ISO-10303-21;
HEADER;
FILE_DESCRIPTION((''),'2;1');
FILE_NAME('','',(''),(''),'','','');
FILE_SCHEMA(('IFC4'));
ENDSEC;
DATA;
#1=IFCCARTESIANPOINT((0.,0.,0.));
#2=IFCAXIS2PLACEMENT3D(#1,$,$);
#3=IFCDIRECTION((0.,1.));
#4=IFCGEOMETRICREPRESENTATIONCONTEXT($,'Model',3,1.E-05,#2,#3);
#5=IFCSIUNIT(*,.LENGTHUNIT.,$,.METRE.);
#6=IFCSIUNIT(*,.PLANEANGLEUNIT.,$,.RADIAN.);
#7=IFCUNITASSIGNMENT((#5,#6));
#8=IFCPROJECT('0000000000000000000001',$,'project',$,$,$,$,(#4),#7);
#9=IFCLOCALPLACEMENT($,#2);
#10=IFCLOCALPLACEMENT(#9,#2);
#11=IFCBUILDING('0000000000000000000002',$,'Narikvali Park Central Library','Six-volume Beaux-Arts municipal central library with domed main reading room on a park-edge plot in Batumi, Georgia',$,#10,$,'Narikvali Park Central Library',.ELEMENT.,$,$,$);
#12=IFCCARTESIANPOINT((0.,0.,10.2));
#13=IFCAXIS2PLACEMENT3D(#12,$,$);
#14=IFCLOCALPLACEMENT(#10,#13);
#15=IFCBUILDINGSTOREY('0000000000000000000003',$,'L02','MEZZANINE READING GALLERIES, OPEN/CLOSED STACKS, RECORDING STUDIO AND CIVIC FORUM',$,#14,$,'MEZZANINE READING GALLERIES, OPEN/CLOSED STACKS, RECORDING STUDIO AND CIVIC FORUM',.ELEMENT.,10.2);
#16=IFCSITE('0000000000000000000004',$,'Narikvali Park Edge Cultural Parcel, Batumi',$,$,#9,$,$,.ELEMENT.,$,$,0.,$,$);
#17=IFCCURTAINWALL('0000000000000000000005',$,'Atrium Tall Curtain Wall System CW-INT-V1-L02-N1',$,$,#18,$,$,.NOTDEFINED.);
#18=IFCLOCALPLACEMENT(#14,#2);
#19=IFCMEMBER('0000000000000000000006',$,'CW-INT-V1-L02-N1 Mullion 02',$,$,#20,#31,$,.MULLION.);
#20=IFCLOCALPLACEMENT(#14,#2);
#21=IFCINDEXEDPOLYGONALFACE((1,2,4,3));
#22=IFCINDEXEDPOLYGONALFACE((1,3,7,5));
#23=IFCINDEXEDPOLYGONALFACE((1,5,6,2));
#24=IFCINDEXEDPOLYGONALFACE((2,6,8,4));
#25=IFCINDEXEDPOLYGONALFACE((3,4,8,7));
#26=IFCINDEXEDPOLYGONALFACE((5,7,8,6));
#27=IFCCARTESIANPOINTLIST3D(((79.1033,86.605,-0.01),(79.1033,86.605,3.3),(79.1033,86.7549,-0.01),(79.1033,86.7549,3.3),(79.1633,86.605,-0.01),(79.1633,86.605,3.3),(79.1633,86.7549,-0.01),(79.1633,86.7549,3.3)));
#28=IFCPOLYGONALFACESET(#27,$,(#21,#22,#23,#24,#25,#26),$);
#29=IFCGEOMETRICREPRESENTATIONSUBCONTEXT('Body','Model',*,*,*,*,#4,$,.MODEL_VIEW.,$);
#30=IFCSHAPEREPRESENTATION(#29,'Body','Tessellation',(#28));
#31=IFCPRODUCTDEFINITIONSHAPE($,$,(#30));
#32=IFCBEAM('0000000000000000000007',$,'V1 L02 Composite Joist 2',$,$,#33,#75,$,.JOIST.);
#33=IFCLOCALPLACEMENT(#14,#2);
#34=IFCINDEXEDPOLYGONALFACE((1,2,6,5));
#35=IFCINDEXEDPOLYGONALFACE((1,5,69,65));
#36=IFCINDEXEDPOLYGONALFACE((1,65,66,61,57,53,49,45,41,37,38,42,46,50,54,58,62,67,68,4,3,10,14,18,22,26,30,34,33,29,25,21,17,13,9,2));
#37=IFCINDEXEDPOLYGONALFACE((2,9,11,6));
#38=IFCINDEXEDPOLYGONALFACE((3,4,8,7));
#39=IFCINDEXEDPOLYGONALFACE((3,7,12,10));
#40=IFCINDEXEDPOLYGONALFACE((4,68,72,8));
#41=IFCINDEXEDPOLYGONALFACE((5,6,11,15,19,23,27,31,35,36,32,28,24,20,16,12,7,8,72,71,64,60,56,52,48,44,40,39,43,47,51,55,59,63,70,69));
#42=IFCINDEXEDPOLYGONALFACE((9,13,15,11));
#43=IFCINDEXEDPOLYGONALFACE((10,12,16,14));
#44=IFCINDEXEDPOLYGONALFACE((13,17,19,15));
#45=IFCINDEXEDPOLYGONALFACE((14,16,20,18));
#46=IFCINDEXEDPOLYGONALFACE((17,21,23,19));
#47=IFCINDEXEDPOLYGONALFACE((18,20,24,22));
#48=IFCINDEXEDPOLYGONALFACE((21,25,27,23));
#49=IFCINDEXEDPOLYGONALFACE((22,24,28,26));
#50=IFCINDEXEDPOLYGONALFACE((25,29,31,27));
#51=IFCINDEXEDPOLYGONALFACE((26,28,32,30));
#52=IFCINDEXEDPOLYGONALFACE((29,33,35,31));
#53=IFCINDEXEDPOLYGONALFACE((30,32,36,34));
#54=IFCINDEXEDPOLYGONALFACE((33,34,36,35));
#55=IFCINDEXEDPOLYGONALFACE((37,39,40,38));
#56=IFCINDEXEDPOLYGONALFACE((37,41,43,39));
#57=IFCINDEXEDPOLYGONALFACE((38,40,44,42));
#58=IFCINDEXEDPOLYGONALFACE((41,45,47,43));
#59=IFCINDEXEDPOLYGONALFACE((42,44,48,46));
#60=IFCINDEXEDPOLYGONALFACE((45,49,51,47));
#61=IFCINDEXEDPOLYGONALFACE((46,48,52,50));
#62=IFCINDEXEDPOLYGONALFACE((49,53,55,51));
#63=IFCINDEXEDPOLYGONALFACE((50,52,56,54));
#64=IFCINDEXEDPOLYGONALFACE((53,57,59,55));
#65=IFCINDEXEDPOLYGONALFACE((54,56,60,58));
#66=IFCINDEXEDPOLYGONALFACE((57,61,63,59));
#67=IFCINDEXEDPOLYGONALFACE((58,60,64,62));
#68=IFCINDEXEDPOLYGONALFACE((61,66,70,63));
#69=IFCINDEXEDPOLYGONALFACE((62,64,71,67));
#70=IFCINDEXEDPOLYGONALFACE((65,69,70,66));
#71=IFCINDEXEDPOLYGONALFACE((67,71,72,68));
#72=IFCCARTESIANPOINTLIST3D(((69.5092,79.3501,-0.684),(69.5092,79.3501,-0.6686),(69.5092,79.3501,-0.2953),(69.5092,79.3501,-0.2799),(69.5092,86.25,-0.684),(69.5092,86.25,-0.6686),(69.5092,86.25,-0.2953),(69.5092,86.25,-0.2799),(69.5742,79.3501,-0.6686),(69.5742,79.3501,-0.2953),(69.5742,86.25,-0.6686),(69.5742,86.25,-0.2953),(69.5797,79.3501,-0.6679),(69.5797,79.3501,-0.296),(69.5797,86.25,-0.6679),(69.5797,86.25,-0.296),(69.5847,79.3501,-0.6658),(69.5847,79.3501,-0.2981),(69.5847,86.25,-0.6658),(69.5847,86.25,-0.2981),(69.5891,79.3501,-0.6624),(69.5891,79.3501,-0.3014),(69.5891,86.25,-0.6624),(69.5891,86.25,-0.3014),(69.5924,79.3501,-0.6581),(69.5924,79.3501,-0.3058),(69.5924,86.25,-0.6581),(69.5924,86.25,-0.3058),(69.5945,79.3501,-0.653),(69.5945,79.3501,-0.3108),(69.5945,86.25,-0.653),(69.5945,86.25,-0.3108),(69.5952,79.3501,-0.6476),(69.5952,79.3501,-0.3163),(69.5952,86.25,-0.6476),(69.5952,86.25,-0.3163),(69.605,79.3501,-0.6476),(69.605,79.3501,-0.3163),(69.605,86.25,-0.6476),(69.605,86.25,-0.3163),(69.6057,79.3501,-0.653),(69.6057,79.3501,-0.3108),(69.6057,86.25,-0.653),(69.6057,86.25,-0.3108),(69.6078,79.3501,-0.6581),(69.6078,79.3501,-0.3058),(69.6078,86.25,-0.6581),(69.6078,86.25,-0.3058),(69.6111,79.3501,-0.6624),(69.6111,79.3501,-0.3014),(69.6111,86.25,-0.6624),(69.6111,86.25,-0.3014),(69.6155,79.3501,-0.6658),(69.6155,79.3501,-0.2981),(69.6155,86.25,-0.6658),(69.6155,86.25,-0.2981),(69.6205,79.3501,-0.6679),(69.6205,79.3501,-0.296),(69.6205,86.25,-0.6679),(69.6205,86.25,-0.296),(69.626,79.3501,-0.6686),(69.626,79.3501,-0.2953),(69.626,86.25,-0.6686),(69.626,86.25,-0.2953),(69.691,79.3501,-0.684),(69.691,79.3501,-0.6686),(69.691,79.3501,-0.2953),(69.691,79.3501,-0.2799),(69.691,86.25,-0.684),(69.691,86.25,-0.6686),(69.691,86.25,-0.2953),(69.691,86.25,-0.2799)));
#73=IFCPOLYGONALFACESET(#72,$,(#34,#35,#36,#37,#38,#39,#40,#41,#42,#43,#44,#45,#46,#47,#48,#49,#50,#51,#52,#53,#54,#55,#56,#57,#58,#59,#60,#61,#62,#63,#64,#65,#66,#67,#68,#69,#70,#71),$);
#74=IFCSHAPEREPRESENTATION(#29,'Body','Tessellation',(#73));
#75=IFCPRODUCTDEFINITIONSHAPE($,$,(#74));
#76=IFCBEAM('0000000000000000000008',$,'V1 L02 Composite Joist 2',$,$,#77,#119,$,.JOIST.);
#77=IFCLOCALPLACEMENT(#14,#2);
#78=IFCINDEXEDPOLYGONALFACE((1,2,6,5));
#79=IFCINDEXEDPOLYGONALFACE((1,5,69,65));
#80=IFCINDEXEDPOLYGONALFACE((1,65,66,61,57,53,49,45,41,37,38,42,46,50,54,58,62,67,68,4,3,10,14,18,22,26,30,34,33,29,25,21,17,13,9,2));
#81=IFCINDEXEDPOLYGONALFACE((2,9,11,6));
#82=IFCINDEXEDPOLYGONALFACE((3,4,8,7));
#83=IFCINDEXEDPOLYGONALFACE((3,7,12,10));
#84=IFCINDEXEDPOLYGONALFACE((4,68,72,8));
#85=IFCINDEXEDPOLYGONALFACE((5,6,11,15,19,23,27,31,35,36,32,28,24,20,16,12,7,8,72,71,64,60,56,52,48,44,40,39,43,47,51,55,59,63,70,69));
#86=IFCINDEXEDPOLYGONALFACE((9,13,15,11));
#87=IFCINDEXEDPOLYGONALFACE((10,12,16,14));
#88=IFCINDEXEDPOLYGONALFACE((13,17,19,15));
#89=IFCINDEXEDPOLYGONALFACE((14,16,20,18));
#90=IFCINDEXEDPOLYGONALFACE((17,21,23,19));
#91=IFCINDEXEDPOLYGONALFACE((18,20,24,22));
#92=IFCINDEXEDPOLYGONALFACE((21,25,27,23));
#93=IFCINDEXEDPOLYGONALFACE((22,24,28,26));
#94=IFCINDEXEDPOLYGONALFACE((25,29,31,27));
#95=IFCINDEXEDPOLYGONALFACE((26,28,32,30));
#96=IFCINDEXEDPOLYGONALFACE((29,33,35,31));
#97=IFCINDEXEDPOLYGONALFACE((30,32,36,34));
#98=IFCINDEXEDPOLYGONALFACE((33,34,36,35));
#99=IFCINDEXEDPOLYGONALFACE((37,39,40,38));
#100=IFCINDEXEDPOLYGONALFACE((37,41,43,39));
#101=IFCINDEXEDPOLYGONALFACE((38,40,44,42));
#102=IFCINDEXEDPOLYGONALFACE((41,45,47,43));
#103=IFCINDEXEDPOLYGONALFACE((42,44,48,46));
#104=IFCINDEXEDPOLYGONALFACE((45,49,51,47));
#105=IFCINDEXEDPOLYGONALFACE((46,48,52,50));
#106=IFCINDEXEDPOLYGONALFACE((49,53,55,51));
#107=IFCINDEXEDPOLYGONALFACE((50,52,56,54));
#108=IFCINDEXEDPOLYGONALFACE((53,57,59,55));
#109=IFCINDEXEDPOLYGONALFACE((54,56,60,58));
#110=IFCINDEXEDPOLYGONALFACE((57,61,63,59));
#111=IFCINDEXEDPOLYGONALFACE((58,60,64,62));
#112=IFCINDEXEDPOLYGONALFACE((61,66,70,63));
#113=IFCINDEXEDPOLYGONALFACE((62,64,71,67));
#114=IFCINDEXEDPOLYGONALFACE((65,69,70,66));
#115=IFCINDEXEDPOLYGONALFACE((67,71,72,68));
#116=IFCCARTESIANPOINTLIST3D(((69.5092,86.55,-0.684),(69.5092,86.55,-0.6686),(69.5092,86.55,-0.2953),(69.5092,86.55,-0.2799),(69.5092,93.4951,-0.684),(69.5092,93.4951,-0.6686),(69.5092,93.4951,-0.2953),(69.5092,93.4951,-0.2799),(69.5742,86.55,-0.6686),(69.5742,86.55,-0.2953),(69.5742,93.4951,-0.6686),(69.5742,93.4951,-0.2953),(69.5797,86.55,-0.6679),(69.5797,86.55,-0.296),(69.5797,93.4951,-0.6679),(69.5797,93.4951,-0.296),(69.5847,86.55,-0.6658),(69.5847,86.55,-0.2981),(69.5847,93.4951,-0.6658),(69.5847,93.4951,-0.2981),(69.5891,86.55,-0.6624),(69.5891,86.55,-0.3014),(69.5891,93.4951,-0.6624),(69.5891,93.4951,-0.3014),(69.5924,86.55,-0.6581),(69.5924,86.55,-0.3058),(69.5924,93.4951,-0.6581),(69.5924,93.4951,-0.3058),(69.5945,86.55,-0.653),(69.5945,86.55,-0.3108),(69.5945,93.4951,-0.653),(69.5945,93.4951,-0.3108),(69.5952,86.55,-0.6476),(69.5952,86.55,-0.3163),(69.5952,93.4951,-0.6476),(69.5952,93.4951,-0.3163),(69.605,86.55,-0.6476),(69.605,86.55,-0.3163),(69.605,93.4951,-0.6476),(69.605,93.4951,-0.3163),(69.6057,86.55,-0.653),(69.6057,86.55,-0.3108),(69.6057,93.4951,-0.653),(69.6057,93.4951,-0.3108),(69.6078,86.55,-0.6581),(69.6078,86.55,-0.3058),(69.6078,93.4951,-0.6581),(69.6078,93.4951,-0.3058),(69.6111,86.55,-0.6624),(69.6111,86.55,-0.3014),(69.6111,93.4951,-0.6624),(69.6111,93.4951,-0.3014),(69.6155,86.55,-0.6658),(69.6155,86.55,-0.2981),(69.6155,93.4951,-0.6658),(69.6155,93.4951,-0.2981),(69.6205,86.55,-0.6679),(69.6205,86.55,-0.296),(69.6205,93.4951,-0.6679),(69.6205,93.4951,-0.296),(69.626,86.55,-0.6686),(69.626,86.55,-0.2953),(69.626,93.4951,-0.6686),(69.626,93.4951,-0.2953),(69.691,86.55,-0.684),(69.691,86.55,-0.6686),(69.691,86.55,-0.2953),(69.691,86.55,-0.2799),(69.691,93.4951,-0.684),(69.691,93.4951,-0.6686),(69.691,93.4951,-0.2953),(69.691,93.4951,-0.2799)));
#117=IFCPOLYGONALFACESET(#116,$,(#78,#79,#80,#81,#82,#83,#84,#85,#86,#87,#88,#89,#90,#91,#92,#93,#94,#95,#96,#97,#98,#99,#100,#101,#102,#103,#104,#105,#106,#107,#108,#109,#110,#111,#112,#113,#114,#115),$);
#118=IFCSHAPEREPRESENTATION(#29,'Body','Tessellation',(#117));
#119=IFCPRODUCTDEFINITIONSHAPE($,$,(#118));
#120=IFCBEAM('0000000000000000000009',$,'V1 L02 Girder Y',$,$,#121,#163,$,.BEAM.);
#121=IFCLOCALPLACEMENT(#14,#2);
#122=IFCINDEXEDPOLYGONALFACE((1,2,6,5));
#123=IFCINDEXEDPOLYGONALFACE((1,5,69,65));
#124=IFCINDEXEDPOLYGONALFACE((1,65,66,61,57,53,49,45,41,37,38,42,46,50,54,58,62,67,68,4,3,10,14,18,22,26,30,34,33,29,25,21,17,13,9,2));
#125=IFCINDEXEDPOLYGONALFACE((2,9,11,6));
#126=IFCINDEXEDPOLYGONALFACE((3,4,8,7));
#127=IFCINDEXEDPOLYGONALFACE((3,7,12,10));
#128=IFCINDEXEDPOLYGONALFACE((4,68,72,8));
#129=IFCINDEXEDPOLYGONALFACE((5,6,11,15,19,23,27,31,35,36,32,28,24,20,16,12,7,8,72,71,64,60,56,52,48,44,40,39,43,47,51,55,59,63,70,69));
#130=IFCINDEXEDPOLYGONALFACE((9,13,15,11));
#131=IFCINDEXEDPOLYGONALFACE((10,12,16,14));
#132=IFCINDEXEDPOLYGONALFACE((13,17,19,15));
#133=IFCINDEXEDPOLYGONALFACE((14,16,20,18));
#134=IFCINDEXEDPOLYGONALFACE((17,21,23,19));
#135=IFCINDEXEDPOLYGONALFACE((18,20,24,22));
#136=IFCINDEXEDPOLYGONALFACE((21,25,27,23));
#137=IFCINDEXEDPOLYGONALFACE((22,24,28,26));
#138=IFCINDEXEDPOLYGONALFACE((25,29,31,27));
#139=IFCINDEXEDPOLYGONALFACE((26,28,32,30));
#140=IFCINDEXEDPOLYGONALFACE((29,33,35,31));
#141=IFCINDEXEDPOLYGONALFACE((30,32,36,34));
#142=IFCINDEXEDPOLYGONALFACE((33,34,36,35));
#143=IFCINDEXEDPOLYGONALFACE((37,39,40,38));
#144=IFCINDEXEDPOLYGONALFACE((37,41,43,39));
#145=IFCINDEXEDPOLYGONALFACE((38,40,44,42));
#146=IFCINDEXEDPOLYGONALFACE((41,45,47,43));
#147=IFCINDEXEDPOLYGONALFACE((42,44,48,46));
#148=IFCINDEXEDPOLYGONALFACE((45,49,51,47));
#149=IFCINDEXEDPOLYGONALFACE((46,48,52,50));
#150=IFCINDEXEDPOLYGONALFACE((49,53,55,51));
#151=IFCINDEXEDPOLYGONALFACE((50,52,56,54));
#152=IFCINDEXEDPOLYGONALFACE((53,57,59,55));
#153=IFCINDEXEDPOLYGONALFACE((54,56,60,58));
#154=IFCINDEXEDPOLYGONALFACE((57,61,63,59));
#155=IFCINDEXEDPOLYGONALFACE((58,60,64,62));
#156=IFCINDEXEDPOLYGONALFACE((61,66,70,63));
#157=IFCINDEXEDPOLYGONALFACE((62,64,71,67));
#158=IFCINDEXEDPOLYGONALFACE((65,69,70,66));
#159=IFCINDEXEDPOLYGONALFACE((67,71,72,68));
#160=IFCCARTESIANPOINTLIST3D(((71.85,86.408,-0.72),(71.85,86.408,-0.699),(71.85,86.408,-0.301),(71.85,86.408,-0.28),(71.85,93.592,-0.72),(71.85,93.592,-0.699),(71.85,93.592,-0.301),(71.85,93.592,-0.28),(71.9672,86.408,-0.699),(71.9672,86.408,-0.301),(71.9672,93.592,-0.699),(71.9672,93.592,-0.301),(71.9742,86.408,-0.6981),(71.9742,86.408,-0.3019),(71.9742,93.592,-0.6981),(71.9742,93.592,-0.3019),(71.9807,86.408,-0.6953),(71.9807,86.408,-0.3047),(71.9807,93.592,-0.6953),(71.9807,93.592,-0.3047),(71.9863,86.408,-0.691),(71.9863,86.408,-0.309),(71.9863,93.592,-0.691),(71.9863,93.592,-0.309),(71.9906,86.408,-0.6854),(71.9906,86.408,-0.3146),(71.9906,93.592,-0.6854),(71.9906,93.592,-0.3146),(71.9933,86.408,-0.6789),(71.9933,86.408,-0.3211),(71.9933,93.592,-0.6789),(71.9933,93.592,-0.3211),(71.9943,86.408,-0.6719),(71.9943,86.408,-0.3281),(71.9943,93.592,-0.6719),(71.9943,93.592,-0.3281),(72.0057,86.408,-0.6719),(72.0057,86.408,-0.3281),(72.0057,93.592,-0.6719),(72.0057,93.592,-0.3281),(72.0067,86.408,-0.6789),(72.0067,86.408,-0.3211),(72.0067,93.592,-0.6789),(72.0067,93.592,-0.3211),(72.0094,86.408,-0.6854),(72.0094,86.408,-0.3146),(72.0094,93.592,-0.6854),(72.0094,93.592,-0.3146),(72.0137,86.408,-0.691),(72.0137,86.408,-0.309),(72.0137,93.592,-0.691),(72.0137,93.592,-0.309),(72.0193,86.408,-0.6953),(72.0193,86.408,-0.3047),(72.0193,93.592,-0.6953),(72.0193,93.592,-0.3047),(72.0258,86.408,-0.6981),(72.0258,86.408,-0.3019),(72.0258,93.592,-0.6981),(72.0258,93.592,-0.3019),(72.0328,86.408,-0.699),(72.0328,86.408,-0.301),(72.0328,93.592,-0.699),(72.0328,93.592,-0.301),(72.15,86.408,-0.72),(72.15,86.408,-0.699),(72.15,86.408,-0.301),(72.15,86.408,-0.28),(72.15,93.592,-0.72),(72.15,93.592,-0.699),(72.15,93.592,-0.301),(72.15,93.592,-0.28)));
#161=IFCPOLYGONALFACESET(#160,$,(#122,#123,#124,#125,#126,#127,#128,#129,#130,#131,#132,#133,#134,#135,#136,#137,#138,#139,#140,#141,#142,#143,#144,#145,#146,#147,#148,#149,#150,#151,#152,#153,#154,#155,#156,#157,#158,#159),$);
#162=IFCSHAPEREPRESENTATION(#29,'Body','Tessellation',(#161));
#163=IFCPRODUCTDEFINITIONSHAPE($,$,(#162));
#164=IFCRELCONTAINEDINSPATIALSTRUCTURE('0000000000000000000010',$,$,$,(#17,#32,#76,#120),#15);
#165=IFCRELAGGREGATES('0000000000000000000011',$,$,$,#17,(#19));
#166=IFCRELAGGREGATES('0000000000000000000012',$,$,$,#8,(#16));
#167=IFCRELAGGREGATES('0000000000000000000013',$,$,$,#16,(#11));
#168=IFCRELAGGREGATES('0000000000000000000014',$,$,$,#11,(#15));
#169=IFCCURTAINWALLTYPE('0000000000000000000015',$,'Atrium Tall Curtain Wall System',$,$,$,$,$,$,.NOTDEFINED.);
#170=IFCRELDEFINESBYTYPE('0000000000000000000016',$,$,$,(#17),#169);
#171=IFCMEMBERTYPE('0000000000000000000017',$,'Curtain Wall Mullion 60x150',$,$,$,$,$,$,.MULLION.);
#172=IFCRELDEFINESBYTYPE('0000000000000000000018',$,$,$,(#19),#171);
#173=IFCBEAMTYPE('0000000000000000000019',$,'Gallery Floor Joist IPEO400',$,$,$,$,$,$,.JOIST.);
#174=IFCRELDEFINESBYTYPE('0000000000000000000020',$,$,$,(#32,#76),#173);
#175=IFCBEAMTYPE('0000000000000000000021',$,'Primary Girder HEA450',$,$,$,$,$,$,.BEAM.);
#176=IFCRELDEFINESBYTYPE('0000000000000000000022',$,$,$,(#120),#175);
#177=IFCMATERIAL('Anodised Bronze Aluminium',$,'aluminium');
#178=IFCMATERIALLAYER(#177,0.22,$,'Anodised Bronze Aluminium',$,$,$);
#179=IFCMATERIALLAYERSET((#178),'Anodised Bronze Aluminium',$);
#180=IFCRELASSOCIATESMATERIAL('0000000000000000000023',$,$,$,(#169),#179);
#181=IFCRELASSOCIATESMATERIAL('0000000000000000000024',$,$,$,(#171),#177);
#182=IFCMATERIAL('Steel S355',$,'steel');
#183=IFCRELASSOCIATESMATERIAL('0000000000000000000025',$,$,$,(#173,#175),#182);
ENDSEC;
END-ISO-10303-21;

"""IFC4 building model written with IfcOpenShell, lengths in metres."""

from ifc_helpers import new_model, si_unit, direction, frame, origin, origin_2d, place, context, subcontext, project, spatial, rectangle, i_section, extrude, material, layer, layer_set, material_profile, profile_set, type_object, element, aggregate, save


model = new_model("IFC4")

# Units and contexts
model_context = context("Model", 3, precision=1e-05, world=origin(), true_north=direction((0.0, 1.0)))
body_context = subcontext(model_context, "Body", "Model", "MODEL_VIEW")
ifc_project = project(units=[si_unit("LENGTHUNIT", "METRE"), si_unit("PLANEANGLEUNIT", "RADIAN")], contexts=[model_context])

# Site, building, storey
site_placement = place(None, origin())
site = spatial("IfcSite", under=ifc_project, at=site_placement, Name="Narikvali Park Edge Cultural Parcel, Batumi", CompositionType="ELEMENT", RefElevation=0.0)
building_placement = place(site_placement, origin())
building = spatial("IfcBuilding", under=site, at=building_placement, Name="Narikvali Park Central Library", Description="Six-volume Beaux-Arts municipal central library with domed main reading room on a park-edge plot in Batumi, Georgia", LongName="Narikvali Park Central Library", CompositionType="ELEMENT")
storey_placement = place(building_placement, frame((0.0, 0.0, 10.2)))
storey = spatial("IfcBuildingStorey", under=building, at=storey_placement, Name="L02", Description="MEZZANINE READING GALLERIES, OPEN/CLOSED STACKS, RECORDING STUDIO AND CIVIC FORUM", LongName="MEZZANINE READING GALLERIES, OPEN/CLOSED STACKS, RECORDING STUDIO AND CIVIC FORUM", CompositionType="ELEMENT", Elevation=10.2)

# Shared definitions
ifc_material_1 = material(Name="Steel S355", Category="steel")

# Curtain wall
ifc_material_2 = material(Name="Anodised Bronze Aluminium", Category="aluminium")
ifc_layer_1 = layer(ifc_material_2, 0.22, Name="Anodised Bronze Aluminium")
ifc_layer_set_1 = layer_set([ifc_layer_1], Name="Anodised Bronze Aluminium")
curtain_wall_type = type_object("IfcCurtainWallType", Name="Atrium Tall Curtain Wall System", PredefinedType="NOTDEFINED", material=ifc_layer_set_1)
curtain_wall_1_placement = place(storey_placement, origin())
curtain_wall_1 = element("IfcCurtainWall", 1, at=curtain_wall_1_placement, inside=storey, type_object=curtain_wall_type, Name="Atrium Tall Curtain Wall System CW-INT-V1-L02-N1", PredefinedType="NOTDEFINED")
ifc_material_profile_1 = material_profile(ifc_material_2, rectangle(XDim=0.0601, YDim=0.1499, at=origin_2d()), Name="CW MULLION 60x150")
ifc_profile_set_1 = profile_set([ifc_material_profile_1], Name="Anodised Bronze Aluminium")
member_type_1 = type_object("IfcMemberType", Name="Curtain Wall Mullion 60x150", PredefinedType="MULLION", material=ifc_profile_set_1)

# Member
member_1_placement = place(storey_placement, frame((79.1333, 86.6799, -0.01), z_axis=(0.0, 0.0, 1.0), x_axis=(1.0, 0.0, 0.0)))
member_1 = element("IfcMember", 2, at=member_1_placement, type_object=member_type_1, Name="CW-INT-V1-L02-N1 Mullion 02", PredefinedType="MULLION", context=body_context, shape_type="SweptSolid", body=[
    extrude(rectangle(XDim=0.0601, YDim=0.1499, at=origin_2d()), origin(), (0.0, 0.0, 1.0), 3.3101),
])

# Beams
ifc_material_profile_2 = material_profile(ifc_material_1, i_section(OverallWidth=0.1819, OverallDepth=0.4041, WebThickness=0.0098, FlangeThickness=0.0154, FilletRadius=0.021, at=origin_2d()), Name="IPEO 400")
ifc_profile_set_2 = profile_set([ifc_material_profile_2], Name="Steel S355")
beam_type_1 = type_object("IfcBeamType", Name="Gallery Floor Joist IPEO400", PredefinedType="JOIST", material=ifc_profile_set_2)
beam_1_placement = place(storey_placement, frame((69.6001, 79.3501, -0.4819), z_axis=(0.0, 1.0, 0.0), x_axis=(-1.0, 0.0, 0.0)))
element("IfcBeam", 3, at=beam_1_placement, inside=storey, type_object=beam_type_1, Name="V1 L02 Composite Joist 2", PredefinedType="JOIST", context=body_context, shape_type="SweptSolid", body=[
    extrude(i_section(OverallWidth=0.1819, OverallDepth=0.4041, WebThickness=0.0098, FlangeThickness=0.0154, FilletRadius=0.021, at=origin_2d()), origin(), (0.0, 0.0, 1.0), 6.8999),
])
beam_2_placement = place(storey_placement, frame((69.6001, 86.55, -0.4819), z_axis=(0.0, 1.0, 0.0), x_axis=(-1.0, 0.0, 0.0)))
element("IfcBeam", 4, at=beam_2_placement, inside=storey, type_object=beam_type_1, Name="V1 L02 Composite Joist 2", PredefinedType="JOIST", context=body_context, shape_type="SweptSolid", body=[
    extrude(i_section(OverallWidth=0.1819, OverallDepth=0.4041, WebThickness=0.0098, FlangeThickness=0.0154, FilletRadius=0.021, at=origin_2d()), origin(), (0.0, 0.0, 1.0), 6.9451),
])
ifc_material_profile_3 = material_profile(ifc_material_1, i_section(OverallWidth=0.3, OverallDepth=0.4399, WebThickness=0.0115, FlangeThickness=0.021, FilletRadius=0.0271, at=origin_2d()), Name="HEA 450")
ifc_profile_set_3 = profile_set([ifc_material_profile_3], Name="Steel S355")
beam_type_2 = type_object("IfcBeamType", Name="Primary Girder HEA450", PredefinedType="BEAM", material=ifc_profile_set_3)
for number, where, z_axis, x_axis, name in (
    (5, (72.0, 86.408, -0.5), (0.0, 1.0, 0.0), (-1.0, 0.0, 0.0), "V1 L02 Girder Y"),
):
    element("IfcBeam", number, at=place(storey_placement, frame(where, z_axis=z_axis, x_axis=x_axis)), inside=storey, type_object=beam_type_2, Name=name, PredefinedType="BEAM", context=body_context, shape_type="SweptSolid", body=[
        extrude(i_section(OverallWidth=0.3, OverallDepth=0.4399, WebThickness=0.0115, FlangeThickness=0.021, FilletRadius=0.0271, at=origin_2d()), origin(), (0.0, 0.0, 1.0), 7.1841),
    ])

aggregate(curtain_wall_1, [member_1])

save(model, "model.ifc")
